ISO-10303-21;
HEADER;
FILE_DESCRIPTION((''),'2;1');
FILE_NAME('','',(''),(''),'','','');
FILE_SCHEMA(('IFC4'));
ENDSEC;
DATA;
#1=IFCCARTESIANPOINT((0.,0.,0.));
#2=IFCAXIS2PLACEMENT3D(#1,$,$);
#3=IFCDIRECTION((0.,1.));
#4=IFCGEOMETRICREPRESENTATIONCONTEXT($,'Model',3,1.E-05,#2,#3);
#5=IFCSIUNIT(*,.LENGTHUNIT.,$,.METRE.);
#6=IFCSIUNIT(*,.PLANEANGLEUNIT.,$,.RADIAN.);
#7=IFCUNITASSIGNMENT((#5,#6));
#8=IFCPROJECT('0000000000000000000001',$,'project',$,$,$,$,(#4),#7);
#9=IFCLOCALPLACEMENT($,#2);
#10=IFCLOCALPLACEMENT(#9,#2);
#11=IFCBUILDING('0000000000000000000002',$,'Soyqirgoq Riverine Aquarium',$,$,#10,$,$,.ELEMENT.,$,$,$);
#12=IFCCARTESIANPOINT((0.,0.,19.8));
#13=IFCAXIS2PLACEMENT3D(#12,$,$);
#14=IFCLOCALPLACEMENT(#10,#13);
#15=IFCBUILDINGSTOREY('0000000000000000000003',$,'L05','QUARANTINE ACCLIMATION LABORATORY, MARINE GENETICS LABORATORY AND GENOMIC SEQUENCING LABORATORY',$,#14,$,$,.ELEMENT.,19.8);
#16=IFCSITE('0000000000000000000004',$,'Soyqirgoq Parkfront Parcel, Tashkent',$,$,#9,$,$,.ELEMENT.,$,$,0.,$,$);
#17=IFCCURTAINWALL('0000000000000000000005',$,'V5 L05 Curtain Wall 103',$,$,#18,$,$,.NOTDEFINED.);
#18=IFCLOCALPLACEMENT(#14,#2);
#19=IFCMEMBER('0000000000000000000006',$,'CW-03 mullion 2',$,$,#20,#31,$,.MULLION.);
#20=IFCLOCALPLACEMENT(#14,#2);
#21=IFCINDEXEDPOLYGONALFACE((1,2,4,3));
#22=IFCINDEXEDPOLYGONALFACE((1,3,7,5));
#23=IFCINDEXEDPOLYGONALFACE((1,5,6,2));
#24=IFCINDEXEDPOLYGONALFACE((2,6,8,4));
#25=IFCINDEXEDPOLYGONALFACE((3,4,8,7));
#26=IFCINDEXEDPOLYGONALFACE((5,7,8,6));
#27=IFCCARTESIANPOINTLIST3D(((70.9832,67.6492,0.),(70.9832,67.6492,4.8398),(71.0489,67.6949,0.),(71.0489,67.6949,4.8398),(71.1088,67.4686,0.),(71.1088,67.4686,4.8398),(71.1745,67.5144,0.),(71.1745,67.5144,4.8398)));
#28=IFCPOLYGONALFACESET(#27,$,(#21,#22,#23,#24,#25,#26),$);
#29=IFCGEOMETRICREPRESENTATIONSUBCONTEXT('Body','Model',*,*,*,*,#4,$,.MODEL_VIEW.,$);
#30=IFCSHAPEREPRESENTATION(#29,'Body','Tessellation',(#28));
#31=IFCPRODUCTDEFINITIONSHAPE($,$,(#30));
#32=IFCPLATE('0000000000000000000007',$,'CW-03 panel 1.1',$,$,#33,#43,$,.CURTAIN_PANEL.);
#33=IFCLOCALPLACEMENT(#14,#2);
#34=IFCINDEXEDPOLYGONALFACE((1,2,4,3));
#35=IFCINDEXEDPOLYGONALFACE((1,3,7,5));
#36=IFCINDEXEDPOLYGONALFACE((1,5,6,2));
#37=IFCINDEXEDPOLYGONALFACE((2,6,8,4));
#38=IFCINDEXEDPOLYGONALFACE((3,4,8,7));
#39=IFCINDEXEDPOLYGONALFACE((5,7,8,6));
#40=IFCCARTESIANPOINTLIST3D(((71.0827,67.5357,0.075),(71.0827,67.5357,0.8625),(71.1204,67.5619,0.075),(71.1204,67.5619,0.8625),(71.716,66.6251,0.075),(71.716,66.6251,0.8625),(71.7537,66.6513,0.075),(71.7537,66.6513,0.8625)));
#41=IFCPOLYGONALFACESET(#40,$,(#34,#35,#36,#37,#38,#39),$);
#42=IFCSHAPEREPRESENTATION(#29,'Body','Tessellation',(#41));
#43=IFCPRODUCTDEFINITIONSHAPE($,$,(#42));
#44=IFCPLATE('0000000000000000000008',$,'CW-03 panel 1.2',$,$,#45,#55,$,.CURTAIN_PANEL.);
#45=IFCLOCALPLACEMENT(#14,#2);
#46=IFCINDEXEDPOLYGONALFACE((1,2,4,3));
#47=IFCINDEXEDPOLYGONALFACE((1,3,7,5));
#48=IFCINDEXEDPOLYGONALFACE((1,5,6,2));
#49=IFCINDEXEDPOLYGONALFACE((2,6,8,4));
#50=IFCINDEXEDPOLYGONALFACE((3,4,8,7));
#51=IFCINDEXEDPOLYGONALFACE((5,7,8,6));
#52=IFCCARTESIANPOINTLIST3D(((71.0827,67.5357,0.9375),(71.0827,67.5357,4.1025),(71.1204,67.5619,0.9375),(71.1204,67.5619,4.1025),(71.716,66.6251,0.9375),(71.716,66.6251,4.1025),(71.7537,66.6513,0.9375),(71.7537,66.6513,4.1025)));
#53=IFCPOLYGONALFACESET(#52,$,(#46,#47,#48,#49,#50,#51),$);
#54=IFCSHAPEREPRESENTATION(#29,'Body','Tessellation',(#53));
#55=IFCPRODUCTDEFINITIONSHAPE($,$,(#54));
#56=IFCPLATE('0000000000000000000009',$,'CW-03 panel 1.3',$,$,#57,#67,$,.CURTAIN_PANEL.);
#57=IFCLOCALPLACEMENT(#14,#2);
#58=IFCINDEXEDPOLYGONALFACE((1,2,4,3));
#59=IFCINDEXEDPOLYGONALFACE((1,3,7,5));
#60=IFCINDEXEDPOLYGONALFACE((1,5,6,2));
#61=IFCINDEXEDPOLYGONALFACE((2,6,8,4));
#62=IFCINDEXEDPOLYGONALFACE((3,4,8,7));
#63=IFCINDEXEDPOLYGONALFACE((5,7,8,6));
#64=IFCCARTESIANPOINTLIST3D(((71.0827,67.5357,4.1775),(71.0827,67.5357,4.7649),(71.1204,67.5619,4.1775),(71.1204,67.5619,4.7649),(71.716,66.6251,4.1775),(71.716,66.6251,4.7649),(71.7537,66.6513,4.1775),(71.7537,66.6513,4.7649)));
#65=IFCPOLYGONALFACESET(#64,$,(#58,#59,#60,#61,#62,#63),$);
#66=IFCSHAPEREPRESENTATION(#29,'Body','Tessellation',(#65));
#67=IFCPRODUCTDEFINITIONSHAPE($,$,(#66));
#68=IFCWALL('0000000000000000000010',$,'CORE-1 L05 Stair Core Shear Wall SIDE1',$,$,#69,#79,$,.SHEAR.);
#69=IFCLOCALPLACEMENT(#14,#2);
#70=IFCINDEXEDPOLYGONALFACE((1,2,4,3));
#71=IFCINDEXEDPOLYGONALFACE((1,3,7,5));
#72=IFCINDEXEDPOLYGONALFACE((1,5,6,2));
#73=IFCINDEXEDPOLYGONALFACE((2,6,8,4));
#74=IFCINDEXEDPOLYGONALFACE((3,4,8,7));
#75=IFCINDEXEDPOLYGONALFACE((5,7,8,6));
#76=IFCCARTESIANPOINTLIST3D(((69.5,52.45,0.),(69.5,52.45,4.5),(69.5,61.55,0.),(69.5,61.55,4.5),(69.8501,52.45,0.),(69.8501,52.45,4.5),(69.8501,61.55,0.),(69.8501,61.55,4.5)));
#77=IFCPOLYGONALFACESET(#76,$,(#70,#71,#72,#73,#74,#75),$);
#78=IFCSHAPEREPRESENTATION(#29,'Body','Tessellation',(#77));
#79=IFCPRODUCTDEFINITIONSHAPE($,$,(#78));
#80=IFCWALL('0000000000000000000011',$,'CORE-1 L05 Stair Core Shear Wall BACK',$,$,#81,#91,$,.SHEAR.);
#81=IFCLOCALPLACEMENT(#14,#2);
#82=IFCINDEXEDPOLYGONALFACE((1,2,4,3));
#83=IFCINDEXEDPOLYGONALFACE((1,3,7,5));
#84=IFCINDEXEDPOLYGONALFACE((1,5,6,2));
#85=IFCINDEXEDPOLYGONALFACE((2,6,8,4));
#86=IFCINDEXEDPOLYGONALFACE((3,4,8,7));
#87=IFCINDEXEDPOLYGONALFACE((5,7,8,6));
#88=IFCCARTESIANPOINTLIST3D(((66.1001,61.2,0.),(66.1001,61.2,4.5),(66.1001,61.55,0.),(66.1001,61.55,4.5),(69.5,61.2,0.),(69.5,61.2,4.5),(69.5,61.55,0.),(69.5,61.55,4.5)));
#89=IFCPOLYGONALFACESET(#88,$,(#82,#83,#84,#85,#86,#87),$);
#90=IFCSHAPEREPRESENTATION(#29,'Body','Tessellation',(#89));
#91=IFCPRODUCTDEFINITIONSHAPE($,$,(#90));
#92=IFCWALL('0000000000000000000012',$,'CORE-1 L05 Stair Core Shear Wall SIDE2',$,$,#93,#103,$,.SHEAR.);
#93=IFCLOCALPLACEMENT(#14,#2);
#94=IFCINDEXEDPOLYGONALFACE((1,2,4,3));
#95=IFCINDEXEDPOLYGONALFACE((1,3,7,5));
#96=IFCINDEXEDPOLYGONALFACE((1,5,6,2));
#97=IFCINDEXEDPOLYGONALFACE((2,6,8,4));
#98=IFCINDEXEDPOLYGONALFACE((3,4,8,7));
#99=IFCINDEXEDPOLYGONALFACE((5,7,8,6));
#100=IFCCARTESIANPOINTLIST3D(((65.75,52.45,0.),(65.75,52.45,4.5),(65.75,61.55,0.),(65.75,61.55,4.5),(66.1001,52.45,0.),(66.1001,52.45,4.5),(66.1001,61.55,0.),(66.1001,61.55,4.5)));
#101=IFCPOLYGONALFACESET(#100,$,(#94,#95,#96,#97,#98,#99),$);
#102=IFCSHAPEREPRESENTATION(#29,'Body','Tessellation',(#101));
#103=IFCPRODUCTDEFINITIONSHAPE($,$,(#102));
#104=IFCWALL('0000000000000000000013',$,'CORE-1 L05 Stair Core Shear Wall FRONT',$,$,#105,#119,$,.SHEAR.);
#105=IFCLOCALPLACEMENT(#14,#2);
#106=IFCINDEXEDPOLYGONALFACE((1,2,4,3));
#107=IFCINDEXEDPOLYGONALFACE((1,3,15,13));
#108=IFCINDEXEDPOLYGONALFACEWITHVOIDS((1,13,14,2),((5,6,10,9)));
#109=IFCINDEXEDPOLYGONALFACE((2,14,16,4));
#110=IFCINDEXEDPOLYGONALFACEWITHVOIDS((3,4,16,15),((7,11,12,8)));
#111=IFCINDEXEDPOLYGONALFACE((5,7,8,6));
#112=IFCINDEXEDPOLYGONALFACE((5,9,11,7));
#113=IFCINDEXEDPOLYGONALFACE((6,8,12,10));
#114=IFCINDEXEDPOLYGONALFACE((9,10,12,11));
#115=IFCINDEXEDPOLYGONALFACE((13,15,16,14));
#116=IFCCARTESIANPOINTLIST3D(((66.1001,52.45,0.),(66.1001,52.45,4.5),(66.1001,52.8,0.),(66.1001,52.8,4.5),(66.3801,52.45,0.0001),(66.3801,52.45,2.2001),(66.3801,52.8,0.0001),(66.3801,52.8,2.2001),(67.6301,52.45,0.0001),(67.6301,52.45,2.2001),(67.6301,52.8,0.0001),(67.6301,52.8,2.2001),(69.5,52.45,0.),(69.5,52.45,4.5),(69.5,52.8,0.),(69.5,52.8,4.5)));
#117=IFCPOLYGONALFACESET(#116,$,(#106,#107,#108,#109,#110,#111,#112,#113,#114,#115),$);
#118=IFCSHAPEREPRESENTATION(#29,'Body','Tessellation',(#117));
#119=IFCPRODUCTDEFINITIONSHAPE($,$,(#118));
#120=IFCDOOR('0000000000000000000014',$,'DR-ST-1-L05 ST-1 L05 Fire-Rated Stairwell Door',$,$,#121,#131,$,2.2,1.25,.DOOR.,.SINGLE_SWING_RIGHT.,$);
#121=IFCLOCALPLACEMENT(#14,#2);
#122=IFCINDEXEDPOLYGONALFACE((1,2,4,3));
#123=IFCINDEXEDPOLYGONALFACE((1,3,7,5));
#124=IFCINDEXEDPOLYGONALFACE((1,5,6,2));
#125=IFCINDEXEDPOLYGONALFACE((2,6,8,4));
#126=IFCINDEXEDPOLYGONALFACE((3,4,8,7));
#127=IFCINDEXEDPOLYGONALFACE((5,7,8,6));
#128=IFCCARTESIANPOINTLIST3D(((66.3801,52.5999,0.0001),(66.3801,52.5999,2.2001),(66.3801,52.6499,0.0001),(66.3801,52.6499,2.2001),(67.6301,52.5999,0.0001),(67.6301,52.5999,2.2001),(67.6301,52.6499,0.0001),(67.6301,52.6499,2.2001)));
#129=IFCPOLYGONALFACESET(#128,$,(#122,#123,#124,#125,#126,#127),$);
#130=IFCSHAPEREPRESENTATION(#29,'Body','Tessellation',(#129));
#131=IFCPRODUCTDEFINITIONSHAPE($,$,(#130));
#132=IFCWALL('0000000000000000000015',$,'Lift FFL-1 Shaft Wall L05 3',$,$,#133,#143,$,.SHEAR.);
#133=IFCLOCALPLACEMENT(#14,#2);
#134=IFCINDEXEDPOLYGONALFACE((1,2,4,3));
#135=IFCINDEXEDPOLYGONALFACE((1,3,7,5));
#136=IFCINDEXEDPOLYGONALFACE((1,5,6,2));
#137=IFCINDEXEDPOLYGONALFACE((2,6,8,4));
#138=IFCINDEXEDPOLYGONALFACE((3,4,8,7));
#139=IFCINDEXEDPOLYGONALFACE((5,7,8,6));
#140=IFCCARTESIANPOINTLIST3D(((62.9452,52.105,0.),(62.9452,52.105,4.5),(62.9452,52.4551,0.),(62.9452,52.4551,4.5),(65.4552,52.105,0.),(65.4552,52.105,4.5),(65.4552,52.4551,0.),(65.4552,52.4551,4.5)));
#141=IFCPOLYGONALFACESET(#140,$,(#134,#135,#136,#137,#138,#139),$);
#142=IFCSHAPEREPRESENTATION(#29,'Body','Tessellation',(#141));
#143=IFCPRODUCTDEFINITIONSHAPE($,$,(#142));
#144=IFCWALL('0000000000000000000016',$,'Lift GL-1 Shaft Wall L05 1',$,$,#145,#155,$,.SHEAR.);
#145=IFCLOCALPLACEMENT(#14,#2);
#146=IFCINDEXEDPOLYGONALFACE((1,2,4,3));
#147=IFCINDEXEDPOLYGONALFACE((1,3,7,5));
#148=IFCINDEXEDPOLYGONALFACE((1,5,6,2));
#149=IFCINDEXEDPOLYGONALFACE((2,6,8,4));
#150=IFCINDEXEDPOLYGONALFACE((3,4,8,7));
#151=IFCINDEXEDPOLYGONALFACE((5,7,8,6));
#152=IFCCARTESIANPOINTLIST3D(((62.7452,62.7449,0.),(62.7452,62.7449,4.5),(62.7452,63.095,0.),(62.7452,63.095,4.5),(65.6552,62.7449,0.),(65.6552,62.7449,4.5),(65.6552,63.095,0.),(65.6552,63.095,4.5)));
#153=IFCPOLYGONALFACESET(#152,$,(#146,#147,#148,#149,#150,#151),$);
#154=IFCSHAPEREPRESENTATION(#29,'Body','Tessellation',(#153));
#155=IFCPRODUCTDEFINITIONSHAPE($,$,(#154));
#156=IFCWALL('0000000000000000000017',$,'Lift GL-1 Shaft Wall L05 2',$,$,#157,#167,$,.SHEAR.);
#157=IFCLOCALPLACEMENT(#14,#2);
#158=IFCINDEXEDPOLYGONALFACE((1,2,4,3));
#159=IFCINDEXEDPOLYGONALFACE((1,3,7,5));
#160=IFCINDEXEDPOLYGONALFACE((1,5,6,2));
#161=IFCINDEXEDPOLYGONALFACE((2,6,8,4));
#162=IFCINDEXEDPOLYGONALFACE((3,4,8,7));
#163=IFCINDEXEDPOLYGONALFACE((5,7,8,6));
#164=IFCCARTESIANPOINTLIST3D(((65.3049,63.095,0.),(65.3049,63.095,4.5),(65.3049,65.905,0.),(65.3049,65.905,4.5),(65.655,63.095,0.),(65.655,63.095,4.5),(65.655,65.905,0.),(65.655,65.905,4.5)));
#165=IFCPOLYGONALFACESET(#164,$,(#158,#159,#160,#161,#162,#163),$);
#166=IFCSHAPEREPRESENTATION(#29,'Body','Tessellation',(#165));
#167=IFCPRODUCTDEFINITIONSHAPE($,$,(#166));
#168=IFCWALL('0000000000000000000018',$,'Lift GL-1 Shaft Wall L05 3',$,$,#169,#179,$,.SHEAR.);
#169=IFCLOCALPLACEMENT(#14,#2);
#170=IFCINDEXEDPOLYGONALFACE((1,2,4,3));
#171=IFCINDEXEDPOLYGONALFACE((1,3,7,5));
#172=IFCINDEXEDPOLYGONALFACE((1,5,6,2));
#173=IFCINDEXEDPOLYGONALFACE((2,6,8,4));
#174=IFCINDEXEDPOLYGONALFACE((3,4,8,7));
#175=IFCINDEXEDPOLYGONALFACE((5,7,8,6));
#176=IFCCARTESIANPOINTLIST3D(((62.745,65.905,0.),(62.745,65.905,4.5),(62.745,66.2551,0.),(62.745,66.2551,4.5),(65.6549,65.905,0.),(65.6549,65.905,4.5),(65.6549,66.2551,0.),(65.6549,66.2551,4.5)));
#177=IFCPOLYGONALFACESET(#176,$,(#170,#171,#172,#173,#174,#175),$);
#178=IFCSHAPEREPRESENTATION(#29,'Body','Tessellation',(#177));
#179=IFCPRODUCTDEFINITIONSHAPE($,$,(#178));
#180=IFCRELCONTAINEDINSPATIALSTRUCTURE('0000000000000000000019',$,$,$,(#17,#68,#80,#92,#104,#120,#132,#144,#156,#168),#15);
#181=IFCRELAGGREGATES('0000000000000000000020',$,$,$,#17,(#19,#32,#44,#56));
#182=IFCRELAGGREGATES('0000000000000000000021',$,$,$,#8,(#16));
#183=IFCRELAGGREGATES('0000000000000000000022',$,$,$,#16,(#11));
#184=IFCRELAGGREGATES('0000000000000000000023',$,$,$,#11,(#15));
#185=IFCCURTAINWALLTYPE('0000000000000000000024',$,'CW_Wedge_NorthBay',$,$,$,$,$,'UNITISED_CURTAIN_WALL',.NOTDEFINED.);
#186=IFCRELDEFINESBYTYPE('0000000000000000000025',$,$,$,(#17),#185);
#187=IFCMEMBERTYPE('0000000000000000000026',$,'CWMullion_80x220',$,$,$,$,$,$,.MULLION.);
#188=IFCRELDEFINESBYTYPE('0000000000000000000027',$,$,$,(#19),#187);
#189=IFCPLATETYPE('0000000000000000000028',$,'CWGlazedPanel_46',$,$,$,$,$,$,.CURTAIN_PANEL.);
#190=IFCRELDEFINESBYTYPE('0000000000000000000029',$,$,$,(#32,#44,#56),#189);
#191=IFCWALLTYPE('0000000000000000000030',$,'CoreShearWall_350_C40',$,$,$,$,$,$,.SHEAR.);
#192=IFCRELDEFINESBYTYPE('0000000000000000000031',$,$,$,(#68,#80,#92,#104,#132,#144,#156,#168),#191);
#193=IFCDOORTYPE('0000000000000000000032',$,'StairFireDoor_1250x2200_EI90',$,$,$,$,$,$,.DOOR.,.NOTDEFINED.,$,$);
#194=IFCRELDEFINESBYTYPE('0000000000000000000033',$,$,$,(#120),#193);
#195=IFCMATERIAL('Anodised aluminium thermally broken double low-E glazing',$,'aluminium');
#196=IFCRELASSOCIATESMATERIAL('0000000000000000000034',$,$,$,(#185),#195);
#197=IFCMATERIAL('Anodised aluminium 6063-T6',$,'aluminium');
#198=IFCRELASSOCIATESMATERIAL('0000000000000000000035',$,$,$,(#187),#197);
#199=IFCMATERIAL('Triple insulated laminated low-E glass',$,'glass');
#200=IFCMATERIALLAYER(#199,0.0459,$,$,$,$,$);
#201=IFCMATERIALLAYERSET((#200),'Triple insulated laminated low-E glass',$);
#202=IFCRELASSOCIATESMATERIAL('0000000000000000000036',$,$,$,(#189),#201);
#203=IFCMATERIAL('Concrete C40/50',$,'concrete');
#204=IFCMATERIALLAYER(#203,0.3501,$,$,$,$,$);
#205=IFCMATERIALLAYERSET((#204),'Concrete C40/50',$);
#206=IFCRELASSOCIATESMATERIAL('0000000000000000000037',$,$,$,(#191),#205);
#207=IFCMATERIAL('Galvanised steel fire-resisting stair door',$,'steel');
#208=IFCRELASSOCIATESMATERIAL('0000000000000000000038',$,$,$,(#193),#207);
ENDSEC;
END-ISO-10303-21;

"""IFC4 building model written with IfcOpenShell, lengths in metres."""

from ifc_helpers import new_model, si_unit, direction, frame, frame_2d, origin, origin_2d, place, context, subcontext, project, spatial, rectangle, extrude, material, layer, layer_set, material_profile, profile_set, type_object, element, fill, aggregate, save


model = new_model("IFC4")

# Units and contexts
model_context = context("Model", 3, precision=1e-05, world=origin(), true_north=direction((0.0, 1.0)))
body_context = subcontext(model_context, "Body", "Model", "MODEL_VIEW")
ifc_project = project(units=[si_unit("LENGTHUNIT", "METRE"), si_unit("PLANEANGLEUNIT", "RADIAN")], contexts=[model_context])

# Site, building, storey
site_placement = place(None, origin())
site = spatial("IfcSite", under=ifc_project, at=site_placement, Name="Soyqirgoq Parkfront Parcel, Tashkent", CompositionType="ELEMENT", RefElevation=0.0)
building_placement = place(site_placement, origin())
building = spatial("IfcBuilding", under=site, at=building_placement, Name="Soyqirgoq Riverine Aquarium", CompositionType="ELEMENT")
storey_placement = place(building_placement, frame((0.0, 0.0, 19.8)))
storey = spatial("IfcBuildingStorey", under=building, at=storey_placement, Name="L05", Description="QUARANTINE ACCLIMATION LABORATORY, MARINE GENETICS LABORATORY AND GENOMIC SEQUENCING LABORATORY", CompositionType="ELEMENT", Elevation=19.8)

# Curtain wall, member, plates
ifc_material_1 = material(Name="Anodised aluminium thermally broken double low-E glazing", Category="aluminium")
curtain_wall_type = type_object("IfcCurtainWallType", Name="CW_Wedge_NorthBay", ElementType="UNITISED_CURTAIN_WALL", PredefinedType="NOTDEFINED", material=ifc_material_1)
curtain_wall_placement = place(storey_placement, origin())
curtain_wall = element("IfcCurtainWall", 1, at=curtain_wall_placement, inside=storey, type_object=curtain_wall_type, Name="V5 L05 Curtain Wall 103", PredefinedType="NOTDEFINED")
ifc_material_2 = material(Name="Anodised aluminium 6063-T6", Category="aluminium")
ifc_material_profile = material_profile(ifc_material_2, rectangle(XDim=0.0801, YDim=0.22, at=origin_2d()), Name="ALU-M 80x220")
ifc_profile_set = profile_set([ifc_material_profile], Name="Anodised aluminium 6063-T6")
member_type = type_object("IfcMemberType", Name="CWMullion_80x220", PredefinedType="MULLION", material=ifc_profile_set)
member_placement = place(storey_placement, frame((71.0789, 67.5818, 0.0), z_axis=(0.0, 0.0, 1.0), x_axis=(-0.820956, -0.570992, 0.0)))
member = element("IfcMember", 2, at=member_placement, type_object=member_type, Name="CW-03 mullion 2", PredefinedType="MULLION", context=body_context, shape_type="SweptSolid", body=[
    extrude(rectangle(XDim=0.0801, YDim=0.22, at=origin_2d()), origin(), (0.0, 0.0, 1.0), 4.8398),
])
ifc_material_3 = material(Name="Triple insulated laminated low-E glass", Category="glass")
ifc_layer_1 = layer(ifc_material_3, 0.0459)
ifc_layer_set_1 = layer_set([ifc_layer_1], Name="Triple insulated laminated low-E glass")
plate_type = type_object("IfcPlateType", Name="CWGlazedPanel_46", PredefinedType="CURTAIN_PANEL", material=ifc_layer_set_1)
plate_1_placement = place(storey_placement, frame((71.4182, 67.0935, 0.075), z_axis=(0.0, 0.0, 1.0), x_axis=(-0.570992, 0.820956, 0.0)))
plate_1 = element("IfcPlate", 3, at=plate_1_placement, type_object=plate_type, Name="CW-03 panel 1.1", PredefinedType="CURTAIN_PANEL", context=body_context, shape_type="SweptSolid", body=[
    extrude(rectangle(XDim=1.1091, YDim=0.0459, at=origin_2d()), origin(), (0.0, 0.0, 1.0), 0.7876),
])
plate_2_placement = place(storey_placement, frame((71.4182, 67.0935, 0.9375), z_axis=(0.0, 0.0, 1.0), x_axis=(-0.570992, 0.820956, 0.0)))
plate_2 = element("IfcPlate", 4, at=plate_2_placement, type_object=plate_type, Name="CW-03 panel 1.2", PredefinedType="CURTAIN_PANEL", context=body_context, shape_type="SweptSolid", body=[
    extrude(rectangle(XDim=1.1091, YDim=0.0459, at=origin_2d()), origin(), (0.0, 0.0, 1.0), 3.165),
])
plate_3_placement = place(storey_placement, frame((71.4182, 67.0935, 4.1775), z_axis=(0.0, 0.0, 1.0), x_axis=(-0.570992, 0.820956, 0.0)))
plate_3 = element("IfcPlate", 5, at=plate_3_placement, type_object=plate_type, Name="CW-03 panel 1.3", PredefinedType="CURTAIN_PANEL", context=body_context, shape_type="SweptSolid", body=[
    extrude(rectangle(XDim=1.1091, YDim=0.0459, at=origin_2d()), origin(), (0.0, 0.0, 1.0), 0.5874),
])
aggregate(curtain_wall, [member, plate_1, plate_2, plate_3])

# Walls
ifc_material_4 = material(Name="Concrete C40/50", Category="concrete")
ifc_layer_2 = layer(ifc_material_4, 0.3501)
ifc_layer_set_2 = layer_set([ifc_layer_2], Name="Concrete C40/50")
wall_type_1 = type_object("IfcWallType", Name="CoreShearWall_350_C40", PredefinedType="SHEAR", material=ifc_layer_set_2)
wall_1_placement = place(storey_placement, frame((69.675, 52.45, 0.0), z_axis=(0.0, 0.0, 1.0), x_axis=(0.0, 1.0, 0.0)))
element("IfcWall", 6, at=wall_1_placement, inside=storey, type_object=wall_type_1, Name="CORE-1 L05 Stair Core Shear Wall SIDE1", PredefinedType="SHEAR", context=body_context, shape_type="SweptSolid", body=[
    extrude(rectangle(XDim=9.1001, YDim=0.3501, at=frame_2d((4.55, 0.0))), origin(), (0.0, 0.0, 1.0), 4.5),
])
wall_2_placement = place(storey_placement, frame((69.5, 61.375, 0.0), z_axis=(0.0, 0.0, 1.0), x_axis=(-1.0, 0.0, 0.0)))
element("IfcWall", 7, at=wall_2_placement, inside=storey, type_object=wall_type_1, Name="CORE-1 L05 Stair Core Shear Wall BACK", PredefinedType="SHEAR", context=body_context, shape_type="SweptSolid", body=[
    extrude(rectangle(XDim=3.3999, YDim=0.3501, at=frame_2d((1.7, 0.0))), origin(), (0.0, 0.0, 1.0), 4.5),
])
wall_3_placement = place(storey_placement, frame((65.925, 61.55, 0.0), z_axis=(0.0, 0.0, 1.0), x_axis=(0.0, -1.0, 0.0)))
element("IfcWall", 8, at=wall_3_placement, inside=storey, type_object=wall_type_1, Name="CORE-1 L05 Stair Core Shear Wall SIDE2", PredefinedType="SHEAR", context=body_context, shape_type="SweptSolid", body=[
    extrude(rectangle(XDim=9.1001, YDim=0.3501, at=frame_2d((4.55, 0.0))), origin(), (0.0, 0.0, 1.0), 4.5),
])

# Wall, opening, door
wall_4_placement = place(storey_placement, frame((66.1001, 52.625, 0.0), z_axis=(0.0, 0.0, 1.0), x_axis=(1.0, 0.0, 0.0)))
wall_4 = element("IfcWall", 9, at=wall_4_placement, inside=storey, type_object=wall_type_1, Name="CORE-1 L05 Stair Core Shear Wall FRONT", PredefinedType="SHEAR", context=body_context, shape_type="SweptSolid", body=[
    extrude(rectangle(XDim=3.3999, YDim=0.3501, at=frame_2d((1.7, 0.0))), origin(), (0.0, 0.0, 1.0), 4.5),
])
opening_1_placement = place(wall_4_placement, frame((0.28, 0.0, 0.0)))
opening_1 = element("IfcOpeningElement", 10, at=opening_1_placement, cuts=wall_4, PredefinedType="OPENING", context=body_context, shape_type="SweptSolid", body=[
    extrude(rectangle(XDim=1.25, YDim=2.2, at=frame_2d((0.625, 1.1001))), frame((0.0, 0.1851, 0.0), z_axis=(0.0, -1.0, 0.0), x_axis=(1.0, 0.0, 0.0)), (0.0, 0.0, 1.0), 0.3701),
])
ifc_material_5 = material(Name="Galvanised steel fire-resisting stair door", Category="steel")
door_type_1 = type_object("IfcDoorType", Name="StairFireDoor_1250x2200_EI90", OperationType="NOTDEFINED", PredefinedType="DOOR", material=ifc_material_5)
door_1_placement = place(opening_1_placement, origin())
door_1 = element("IfcDoor", 11, at=door_1_placement, inside=storey, type_object=door_type_1, Name="DR-ST-1-L05 ST-1 L05 Fire-Rated Stairwell Door", OperationType="SINGLE_SWING_RIGHT", OverallHeight=2.2, OverallWidth=1.25, PredefinedType="DOOR", context=body_context, shape_type="SweptSolid", body=[
    extrude(rectangle(XDim=1.25, YDim=2.2, at=frame_2d((0.625, 1.1001))), frame((0.0, 0.0249, 0.0), z_axis=(0.0, -1.0, 0.0), x_axis=(1.0, 0.0, 0.0)), (0.0, 0.0, 1.0), 0.05),
])
fill(opening_1, door_1)

# Walls
wall_5_placement = place(storey_placement, frame((65.4551, 52.28, 0.0), z_axis=(0.0, 0.0, 1.0), x_axis=(-1.0, 0.0, 0.0)))
element("IfcWall", 12, at=wall_5_placement, inside=storey, type_object=wall_type_1, Name="Lift FFL-1 Shaft Wall L05 3", PredefinedType="SHEAR", context=body_context, shape_type="SweptSolid", body=[
    extrude(rectangle(XDim=2.51, YDim=0.3501, at=frame_2d((1.2549, 0.0))), origin(), (0.0, 0.0, 1.0), 4.5),
])
wall_6_placement = place(storey_placement, frame((62.7451, 62.9199, 0.0), z_axis=(0.0, 0.0, 1.0), x_axis=(1.0, 0.0, 0.0)))
element("IfcWall", 13, at=wall_6_placement, inside=storey, type_object=wall_type_1, Name="Lift GL-1 Shaft Wall L05 1", PredefinedType="SHEAR", context=body_context, shape_type="SweptSolid", body=[
    extrude(rectangle(XDim=2.9099, YDim=0.3501, at=frame_2d((1.4551, 0.0))), origin(), (0.0, 0.0, 1.0), 4.5),
])
wall_7_placement = place(storey_placement, frame((65.48, 63.095, 0.0), z_axis=(0.0, 0.0, 1.0), x_axis=(0.0, 1.0, 0.0)))
element("IfcWall", 14, at=wall_7_placement, inside=storey, type_object=wall_type_1, Name="Lift GL-1 Shaft Wall L05 2", PredefinedType="SHEAR", context=body_context, shape_type="SweptSolid", body=[
    extrude(rectangle(XDim=2.8101, YDim=0.3501, at=frame_2d((1.405, 0.0))), origin(), (0.0, 0.0, 1.0), 4.5),
])
wall_8_placement = place(storey_placement, frame((65.655, 66.0801, 0.0), z_axis=(0.0, 0.0, 1.0), x_axis=(-1.0, 0.0, 0.0)))
element("IfcWall", 15, at=wall_8_placement, inside=storey, type_object=wall_type_1, Name="Lift GL-1 Shaft Wall L05 3", PredefinedType="SHEAR", context=body_context, shape_type="SweptSolid", body=[
    extrude(rectangle(XDim=2.9099, YDim=0.3501, at=frame_2d((1.4551, 0.0))), origin(), (0.0, 0.0, 1.0), 4.5),
])

save(model, "model.ifc")
